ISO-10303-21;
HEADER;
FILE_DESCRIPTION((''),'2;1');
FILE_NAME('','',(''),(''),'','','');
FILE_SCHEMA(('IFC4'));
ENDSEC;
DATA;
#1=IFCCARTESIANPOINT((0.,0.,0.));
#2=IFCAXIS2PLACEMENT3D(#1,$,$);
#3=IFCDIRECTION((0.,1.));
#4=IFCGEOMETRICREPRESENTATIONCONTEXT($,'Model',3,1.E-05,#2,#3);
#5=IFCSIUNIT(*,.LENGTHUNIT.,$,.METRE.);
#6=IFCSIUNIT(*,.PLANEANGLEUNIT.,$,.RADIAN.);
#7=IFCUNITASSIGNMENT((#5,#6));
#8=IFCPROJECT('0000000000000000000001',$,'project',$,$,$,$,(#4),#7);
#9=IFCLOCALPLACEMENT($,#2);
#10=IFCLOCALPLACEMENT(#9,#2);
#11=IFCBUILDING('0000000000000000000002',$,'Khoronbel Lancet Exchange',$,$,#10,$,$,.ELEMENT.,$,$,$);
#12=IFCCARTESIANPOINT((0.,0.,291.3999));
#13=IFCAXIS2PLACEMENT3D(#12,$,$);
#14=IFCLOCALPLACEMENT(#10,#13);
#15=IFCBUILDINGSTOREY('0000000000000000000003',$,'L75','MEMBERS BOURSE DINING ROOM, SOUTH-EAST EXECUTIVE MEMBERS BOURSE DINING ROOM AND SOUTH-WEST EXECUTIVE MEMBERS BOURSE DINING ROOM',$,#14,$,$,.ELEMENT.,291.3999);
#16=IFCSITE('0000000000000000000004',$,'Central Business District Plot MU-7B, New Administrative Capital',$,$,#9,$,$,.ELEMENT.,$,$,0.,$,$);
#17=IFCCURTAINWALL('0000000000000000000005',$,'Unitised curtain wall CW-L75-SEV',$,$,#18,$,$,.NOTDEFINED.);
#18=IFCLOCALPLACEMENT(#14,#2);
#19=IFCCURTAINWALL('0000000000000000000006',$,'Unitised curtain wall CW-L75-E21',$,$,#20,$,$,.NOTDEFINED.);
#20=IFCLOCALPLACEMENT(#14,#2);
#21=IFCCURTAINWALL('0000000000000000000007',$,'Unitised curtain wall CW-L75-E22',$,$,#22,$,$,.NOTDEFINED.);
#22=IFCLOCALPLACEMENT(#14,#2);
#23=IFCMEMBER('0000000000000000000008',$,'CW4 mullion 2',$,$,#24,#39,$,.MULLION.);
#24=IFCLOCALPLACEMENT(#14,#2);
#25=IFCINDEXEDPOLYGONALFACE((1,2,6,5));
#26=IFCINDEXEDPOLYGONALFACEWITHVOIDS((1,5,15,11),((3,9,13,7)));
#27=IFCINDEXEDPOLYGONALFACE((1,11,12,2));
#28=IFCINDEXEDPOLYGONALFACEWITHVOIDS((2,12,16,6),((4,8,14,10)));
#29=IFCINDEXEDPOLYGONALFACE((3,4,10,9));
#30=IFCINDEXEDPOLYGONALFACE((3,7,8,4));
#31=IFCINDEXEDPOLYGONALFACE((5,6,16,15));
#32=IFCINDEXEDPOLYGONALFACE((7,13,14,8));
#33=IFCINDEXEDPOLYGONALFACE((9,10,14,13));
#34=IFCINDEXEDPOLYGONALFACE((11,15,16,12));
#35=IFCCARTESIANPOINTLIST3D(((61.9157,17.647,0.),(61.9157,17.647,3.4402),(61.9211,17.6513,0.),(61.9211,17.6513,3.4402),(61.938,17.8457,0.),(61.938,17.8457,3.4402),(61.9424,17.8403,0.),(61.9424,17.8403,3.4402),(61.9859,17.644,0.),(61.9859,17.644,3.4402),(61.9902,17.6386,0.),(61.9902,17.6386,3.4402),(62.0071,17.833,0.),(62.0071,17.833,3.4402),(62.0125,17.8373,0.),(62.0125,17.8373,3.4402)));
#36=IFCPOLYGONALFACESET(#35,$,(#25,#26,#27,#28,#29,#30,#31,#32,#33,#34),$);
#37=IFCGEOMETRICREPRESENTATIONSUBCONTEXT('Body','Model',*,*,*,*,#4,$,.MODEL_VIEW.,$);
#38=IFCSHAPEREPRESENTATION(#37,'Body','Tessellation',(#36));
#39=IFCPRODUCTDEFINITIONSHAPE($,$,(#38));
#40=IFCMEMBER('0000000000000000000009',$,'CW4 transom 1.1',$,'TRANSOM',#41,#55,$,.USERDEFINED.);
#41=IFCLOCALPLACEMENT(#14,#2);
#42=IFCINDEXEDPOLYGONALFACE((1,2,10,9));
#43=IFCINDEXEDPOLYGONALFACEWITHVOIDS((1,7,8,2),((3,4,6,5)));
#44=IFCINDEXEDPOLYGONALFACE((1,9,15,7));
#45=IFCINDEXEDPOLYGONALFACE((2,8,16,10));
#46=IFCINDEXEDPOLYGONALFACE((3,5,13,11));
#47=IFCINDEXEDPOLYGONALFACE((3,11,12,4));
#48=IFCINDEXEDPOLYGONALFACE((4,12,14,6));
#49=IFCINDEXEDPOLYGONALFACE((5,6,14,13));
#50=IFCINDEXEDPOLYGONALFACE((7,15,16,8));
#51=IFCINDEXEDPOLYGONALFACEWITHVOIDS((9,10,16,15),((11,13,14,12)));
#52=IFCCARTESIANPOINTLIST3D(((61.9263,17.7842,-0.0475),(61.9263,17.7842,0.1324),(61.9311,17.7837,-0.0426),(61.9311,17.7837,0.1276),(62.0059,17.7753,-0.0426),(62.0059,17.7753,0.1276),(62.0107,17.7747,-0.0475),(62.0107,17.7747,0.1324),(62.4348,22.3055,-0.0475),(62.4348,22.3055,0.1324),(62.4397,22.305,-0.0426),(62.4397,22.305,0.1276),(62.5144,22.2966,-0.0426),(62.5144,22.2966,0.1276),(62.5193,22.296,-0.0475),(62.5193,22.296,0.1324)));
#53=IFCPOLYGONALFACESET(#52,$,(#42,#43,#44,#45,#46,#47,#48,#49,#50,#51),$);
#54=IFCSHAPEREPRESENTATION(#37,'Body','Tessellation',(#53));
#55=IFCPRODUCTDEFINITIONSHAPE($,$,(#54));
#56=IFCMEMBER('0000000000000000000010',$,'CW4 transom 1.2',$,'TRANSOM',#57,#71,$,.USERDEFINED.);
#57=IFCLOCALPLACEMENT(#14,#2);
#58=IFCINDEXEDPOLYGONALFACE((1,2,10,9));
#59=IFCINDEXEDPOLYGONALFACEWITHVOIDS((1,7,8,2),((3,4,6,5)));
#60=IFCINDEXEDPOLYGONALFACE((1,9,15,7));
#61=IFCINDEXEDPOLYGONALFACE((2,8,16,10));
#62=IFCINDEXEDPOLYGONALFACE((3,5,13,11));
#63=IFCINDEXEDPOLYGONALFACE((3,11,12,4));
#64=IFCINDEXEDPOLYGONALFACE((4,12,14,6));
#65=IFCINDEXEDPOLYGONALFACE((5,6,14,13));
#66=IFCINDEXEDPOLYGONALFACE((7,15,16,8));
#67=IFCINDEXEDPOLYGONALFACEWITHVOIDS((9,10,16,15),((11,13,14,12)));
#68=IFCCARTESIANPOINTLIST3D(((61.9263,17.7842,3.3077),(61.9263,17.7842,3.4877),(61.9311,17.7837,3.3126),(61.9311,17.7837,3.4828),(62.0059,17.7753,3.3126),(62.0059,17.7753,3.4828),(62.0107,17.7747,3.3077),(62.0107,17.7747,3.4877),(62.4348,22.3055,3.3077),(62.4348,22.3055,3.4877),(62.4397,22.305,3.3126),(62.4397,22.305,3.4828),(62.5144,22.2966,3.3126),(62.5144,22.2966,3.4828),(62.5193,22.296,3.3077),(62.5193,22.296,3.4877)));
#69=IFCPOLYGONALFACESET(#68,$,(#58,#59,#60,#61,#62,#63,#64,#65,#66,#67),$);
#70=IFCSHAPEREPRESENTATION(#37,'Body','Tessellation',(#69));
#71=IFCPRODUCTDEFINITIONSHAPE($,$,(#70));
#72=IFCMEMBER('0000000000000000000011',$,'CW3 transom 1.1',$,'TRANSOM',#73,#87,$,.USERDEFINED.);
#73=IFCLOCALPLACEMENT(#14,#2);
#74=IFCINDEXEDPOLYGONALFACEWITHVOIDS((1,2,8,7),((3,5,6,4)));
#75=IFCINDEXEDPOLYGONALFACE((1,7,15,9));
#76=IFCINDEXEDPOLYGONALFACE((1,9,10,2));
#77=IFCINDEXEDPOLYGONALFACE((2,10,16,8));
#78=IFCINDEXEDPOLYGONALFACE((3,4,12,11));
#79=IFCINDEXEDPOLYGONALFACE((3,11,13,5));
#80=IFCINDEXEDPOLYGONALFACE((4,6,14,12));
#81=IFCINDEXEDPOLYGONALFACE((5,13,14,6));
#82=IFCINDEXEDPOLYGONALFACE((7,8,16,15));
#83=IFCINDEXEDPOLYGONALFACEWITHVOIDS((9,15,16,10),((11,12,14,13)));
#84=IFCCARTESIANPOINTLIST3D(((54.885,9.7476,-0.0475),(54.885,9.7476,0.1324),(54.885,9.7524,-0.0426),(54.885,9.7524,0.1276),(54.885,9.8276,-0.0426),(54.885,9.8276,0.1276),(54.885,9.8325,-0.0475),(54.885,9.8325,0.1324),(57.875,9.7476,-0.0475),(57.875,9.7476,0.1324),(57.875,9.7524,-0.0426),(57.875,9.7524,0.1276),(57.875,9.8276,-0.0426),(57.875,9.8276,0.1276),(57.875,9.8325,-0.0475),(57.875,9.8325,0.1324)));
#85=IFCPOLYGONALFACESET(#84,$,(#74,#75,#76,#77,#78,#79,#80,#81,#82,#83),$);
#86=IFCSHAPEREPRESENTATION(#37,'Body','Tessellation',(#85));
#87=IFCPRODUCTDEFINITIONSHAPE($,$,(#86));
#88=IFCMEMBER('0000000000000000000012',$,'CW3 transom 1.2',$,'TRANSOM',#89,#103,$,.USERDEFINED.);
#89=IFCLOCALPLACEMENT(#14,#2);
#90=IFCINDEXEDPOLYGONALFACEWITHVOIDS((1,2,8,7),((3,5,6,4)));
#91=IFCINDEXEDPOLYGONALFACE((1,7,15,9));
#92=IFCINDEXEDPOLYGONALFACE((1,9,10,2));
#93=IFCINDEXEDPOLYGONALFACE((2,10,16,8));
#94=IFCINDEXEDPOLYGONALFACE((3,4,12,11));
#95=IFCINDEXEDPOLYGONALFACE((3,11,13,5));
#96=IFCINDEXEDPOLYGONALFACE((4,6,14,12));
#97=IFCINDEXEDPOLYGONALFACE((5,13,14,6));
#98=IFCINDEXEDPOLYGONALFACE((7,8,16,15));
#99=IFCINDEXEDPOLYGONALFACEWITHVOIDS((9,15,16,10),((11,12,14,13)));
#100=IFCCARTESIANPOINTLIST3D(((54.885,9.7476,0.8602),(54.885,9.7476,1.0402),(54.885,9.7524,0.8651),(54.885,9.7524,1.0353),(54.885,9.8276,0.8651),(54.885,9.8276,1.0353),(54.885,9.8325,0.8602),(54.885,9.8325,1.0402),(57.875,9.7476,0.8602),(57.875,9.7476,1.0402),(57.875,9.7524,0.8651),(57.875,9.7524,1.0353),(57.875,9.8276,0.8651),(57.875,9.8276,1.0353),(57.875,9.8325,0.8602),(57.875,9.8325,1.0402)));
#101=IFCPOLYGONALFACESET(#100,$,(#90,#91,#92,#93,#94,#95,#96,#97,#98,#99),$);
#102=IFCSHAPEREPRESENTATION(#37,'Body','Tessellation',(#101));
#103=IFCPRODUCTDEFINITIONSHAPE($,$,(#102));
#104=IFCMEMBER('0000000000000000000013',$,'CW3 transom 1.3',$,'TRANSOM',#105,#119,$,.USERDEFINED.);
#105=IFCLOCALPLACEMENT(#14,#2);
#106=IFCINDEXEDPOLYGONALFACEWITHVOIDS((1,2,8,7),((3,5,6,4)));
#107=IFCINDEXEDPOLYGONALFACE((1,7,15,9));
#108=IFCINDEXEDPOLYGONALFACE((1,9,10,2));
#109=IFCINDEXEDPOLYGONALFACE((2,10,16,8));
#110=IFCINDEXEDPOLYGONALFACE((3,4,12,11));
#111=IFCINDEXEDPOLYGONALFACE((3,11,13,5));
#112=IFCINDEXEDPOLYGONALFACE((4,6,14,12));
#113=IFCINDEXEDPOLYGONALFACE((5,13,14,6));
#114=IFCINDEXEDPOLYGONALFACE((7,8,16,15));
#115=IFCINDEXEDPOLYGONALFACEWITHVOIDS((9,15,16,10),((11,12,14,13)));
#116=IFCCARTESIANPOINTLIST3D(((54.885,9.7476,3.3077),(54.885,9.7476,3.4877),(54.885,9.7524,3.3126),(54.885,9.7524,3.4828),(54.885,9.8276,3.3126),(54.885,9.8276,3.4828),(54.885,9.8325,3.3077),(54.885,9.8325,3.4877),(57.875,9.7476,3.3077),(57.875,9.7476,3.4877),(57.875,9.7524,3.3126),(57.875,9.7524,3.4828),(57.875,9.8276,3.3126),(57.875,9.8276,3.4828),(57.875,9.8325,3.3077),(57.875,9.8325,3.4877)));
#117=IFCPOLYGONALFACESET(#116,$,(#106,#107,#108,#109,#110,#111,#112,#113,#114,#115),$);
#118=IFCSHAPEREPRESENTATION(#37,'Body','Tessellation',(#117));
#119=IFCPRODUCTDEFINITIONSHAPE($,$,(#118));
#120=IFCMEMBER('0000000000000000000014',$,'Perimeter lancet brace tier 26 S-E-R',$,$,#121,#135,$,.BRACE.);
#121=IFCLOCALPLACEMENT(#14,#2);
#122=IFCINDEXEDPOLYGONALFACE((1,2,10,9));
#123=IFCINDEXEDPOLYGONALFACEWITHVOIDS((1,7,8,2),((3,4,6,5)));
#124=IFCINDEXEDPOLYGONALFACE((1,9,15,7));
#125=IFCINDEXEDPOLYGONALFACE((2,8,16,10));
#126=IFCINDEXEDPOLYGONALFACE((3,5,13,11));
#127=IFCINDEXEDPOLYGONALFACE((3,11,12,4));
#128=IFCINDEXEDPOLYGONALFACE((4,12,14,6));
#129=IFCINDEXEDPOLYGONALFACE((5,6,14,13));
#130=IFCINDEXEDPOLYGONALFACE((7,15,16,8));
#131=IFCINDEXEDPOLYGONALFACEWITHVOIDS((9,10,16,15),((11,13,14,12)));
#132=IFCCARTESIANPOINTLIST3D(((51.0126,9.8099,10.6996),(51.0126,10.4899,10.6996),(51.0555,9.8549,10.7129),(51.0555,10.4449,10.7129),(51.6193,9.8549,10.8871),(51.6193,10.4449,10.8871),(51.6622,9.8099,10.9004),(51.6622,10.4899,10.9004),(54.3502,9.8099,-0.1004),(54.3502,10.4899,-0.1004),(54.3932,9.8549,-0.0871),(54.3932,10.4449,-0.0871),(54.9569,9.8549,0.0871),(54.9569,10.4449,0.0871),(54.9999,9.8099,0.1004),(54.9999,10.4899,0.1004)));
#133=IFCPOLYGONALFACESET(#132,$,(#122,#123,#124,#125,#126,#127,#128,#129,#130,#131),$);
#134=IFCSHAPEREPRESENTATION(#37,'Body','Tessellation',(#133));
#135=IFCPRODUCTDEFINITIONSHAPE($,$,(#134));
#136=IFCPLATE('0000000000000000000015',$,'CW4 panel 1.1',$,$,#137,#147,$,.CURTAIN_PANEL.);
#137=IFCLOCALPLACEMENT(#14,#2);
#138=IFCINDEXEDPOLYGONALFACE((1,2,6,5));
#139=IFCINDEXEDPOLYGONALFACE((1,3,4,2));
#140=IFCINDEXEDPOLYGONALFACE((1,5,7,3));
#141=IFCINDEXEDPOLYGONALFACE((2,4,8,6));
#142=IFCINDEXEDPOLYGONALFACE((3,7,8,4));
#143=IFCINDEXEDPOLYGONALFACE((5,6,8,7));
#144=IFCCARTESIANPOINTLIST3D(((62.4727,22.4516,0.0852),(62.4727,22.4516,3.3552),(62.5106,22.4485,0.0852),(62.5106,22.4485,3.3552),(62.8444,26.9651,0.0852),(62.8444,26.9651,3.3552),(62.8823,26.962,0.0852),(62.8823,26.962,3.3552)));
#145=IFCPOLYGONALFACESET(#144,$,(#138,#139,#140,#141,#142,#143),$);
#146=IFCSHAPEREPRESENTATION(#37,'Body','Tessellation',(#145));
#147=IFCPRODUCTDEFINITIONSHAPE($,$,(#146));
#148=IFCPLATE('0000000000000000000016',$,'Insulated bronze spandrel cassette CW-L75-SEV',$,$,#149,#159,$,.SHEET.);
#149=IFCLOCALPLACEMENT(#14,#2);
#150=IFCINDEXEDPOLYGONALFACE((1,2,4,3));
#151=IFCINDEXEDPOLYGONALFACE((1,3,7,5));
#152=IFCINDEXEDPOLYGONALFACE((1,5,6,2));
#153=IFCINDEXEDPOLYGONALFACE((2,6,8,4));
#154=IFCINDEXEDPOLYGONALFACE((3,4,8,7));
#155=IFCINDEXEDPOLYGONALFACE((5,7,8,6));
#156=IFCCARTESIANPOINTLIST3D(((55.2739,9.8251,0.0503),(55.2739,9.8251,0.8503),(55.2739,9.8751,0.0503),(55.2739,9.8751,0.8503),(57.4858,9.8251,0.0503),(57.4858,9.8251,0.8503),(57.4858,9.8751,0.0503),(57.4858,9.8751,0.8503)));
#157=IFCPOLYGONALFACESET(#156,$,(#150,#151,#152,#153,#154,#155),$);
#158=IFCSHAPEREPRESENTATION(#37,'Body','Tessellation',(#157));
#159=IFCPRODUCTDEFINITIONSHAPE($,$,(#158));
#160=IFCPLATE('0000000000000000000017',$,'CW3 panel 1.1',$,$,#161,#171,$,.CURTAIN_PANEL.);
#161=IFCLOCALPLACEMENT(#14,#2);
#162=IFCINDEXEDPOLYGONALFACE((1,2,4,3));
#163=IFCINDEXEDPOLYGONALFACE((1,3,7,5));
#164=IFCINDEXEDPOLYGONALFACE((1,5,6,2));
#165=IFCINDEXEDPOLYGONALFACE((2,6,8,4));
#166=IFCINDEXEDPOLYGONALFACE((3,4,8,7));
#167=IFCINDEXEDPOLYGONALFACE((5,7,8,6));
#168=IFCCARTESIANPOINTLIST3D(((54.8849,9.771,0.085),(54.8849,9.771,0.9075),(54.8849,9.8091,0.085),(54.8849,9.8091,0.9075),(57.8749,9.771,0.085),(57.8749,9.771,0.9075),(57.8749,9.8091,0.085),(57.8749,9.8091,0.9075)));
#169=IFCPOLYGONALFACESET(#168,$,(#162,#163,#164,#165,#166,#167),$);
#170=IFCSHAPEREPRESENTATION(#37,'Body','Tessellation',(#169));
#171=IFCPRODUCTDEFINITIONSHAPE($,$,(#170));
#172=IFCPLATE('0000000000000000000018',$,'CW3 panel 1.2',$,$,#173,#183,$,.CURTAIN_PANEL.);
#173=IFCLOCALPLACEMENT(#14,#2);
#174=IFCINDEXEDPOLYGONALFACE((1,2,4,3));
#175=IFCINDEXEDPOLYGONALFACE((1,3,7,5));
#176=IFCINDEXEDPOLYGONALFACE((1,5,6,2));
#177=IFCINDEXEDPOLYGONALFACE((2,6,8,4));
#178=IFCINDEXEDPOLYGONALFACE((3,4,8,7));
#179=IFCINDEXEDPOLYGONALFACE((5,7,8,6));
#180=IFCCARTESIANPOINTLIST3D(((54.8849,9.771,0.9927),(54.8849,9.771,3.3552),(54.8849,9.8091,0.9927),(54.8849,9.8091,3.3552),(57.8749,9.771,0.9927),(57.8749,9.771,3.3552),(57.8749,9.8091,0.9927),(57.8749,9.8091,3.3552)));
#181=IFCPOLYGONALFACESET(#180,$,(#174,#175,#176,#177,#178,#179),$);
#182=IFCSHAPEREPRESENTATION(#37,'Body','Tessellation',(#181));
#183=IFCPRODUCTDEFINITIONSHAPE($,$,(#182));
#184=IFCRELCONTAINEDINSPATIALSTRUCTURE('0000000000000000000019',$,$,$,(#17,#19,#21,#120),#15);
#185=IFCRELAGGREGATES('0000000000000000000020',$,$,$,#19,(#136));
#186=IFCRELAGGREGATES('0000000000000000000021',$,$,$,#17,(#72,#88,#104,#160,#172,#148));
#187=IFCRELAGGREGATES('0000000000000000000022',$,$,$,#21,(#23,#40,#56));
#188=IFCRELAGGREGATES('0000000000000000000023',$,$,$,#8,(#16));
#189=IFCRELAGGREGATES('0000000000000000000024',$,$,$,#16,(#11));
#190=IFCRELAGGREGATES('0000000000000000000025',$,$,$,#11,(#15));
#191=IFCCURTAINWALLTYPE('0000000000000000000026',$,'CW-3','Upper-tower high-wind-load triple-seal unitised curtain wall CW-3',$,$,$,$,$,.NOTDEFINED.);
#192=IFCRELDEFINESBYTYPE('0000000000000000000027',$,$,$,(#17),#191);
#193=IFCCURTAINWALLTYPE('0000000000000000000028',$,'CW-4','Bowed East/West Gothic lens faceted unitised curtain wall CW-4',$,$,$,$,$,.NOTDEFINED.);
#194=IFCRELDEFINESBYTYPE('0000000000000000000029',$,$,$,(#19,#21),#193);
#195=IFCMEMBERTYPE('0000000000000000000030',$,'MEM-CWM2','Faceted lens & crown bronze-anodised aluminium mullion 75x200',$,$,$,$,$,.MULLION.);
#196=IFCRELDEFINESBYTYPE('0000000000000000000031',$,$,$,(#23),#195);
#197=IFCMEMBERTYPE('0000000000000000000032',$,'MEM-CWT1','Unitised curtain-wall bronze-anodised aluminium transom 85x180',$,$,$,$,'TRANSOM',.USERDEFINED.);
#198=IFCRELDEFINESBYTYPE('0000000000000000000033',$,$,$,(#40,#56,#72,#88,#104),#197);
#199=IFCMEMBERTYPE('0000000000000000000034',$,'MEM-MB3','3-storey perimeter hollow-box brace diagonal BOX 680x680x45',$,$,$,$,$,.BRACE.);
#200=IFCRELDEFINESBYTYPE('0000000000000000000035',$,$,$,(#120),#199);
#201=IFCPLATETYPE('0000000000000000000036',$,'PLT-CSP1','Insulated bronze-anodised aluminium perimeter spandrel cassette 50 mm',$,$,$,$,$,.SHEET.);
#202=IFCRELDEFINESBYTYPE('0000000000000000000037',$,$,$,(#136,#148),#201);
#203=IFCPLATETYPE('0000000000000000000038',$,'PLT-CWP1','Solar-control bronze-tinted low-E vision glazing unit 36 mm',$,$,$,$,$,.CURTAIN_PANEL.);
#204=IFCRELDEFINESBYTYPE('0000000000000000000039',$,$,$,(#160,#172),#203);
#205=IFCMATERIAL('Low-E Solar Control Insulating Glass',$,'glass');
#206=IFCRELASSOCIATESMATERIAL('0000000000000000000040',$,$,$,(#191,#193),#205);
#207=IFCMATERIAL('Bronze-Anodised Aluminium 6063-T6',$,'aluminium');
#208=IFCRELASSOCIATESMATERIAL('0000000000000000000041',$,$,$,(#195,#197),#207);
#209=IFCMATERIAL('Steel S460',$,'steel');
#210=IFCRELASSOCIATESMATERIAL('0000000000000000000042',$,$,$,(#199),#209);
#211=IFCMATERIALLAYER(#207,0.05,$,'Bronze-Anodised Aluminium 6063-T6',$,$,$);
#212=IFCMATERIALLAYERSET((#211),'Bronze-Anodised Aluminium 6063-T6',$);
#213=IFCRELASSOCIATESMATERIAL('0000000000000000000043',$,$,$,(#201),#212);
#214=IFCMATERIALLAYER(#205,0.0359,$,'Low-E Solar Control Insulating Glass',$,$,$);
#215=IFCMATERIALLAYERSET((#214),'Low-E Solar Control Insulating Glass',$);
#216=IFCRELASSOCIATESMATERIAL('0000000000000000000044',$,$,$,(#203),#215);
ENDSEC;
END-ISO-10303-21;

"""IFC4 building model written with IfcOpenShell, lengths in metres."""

from ifc_helpers import new_model, si_unit, direction, frame, origin, origin_2d, place, context, subcontext, project, spatial, rectangle, hollow_rectangle, extrude, material, layer, layer_set, material_profile, profile_set, type_object, element, aggregate, save


model = new_model("IFC4")

# Units and contexts
model_context = context("Model", 3, precision=1e-05, world=origin(), true_north=direction((0.0, 1.0)))
body_context = subcontext(model_context, "Body", "Model", "MODEL_VIEW")
ifc_project = project(units=[si_unit("LENGTHUNIT", "METRE"), si_unit("PLANEANGLEUNIT", "RADIAN")], contexts=[model_context])

# Site, building, storey
site_placement = place(None, origin())
site = spatial("IfcSite", under=ifc_project, at=site_placement, Name="Central Business District Plot MU-7B, New Administrative Capital", CompositionType="ELEMENT", RefElevation=0.0)
building_placement = place(site_placement, origin())
building = spatial("IfcBuilding", under=site, at=building_placement, Name="Khoronbel Lancet Exchange", CompositionType="ELEMENT")
storey_placement = place(building_placement, frame((0.0, 0.0, 291.3999)))
storey = spatial("IfcBuildingStorey", under=building, at=storey_placement, Name="L75", Description="MEMBERS BOURSE DINING ROOM, SOUTH-EAST EXECUTIVE MEMBERS BOURSE DINING ROOM AND SOUTH-WEST EXECUTIVE MEMBERS BOURSE DINING ROOM", CompositionType="ELEMENT", Elevation=291.3999)

# Shared definitions
ifc_material_1 = material(Name="Steel S460", Category="steel")

# Shared definitions
ifc_material_2 = material(Name="Low-E Solar Control Insulating Glass", Category="glass")
curtain_wall_type_1 = type_object("IfcCurtainWallType", Name="CW-3", Description="Upper-tower high-wind-load triple-seal unitised curtain wall CW-3", PredefinedType="NOTDEFINED", material=ifc_material_2)
ifc_material_3 = material(Name="Bronze-Anodised Aluminium 6063-T6", Category="aluminium")

# Curtain wall
curtain_wall_1_placement = place(storey_placement, origin())
curtain_wall_1 = element("IfcCurtainWall", 1, at=curtain_wall_1_placement, inside=storey, type_object=curtain_wall_type_1, Name="Unitised curtain wall CW-L75-SEV", PredefinedType="NOTDEFINED")

# Curtain wall
curtain_wall_type_2 = type_object("IfcCurtainWallType", Name="CW-4", Description="Bowed East/West Gothic lens faceted unitised curtain wall CW-4", PredefinedType="NOTDEFINED", material=ifc_material_2)
curtain_wall_2_placement = place(storey_placement, origin())
curtain_wall_2 = element("IfcCurtainWall", 2, at=curtain_wall_2_placement, inside=storey, type_object=curtain_wall_type_2, Name="Unitised curtain wall CW-L75-E21", PredefinedType="NOTDEFINED")
ifc_material_profile_1 = material_profile(ifc_material_3, hollow_rectangle(XDim=0.075, YDim=0.2, WallThickness=0.0049, at=origin_2d()), Name="ALU MULLION 75x200")
ifc_profile_set_1 = profile_set([ifc_material_profile_1], Name="Bronze-Anodised Aluminium 6063-T6")
member_type_1 = type_object("IfcMemberType", Name="MEM-CWM2", Description="Faceted lens & crown bronze-anodised aluminium mullion 75x200", PredefinedType="MULLION", material=ifc_profile_set_1)

# Curtain wall, members
curtain_wall_3_placement = place(storey_placement, origin())
curtain_wall_3 = element("IfcCurtainWall", 3, at=curtain_wall_3_placement, inside=storey, type_object=curtain_wall_type_2, Name="Unitised curtain wall CW-L75-E22", PredefinedType="NOTDEFINED")
member_1_placement = place(storey_placement, frame((61.9641, 17.7422, 0.0), z_axis=(0.0, 0.0, 1.0), x_axis=(0.993732, -0.111791, 0.0)))
member_1 = element("IfcMember", 4, at=member_1_placement, type_object=member_type_1, Name="CW4 mullion 2", PredefinedType="MULLION", context=body_context, shape_type="SweptSolid", body=[
    extrude(hollow_rectangle(XDim=0.075, YDim=0.2, WallThickness=0.0049, at=origin_2d()), origin(), (0.0, 0.0, 1.0), 3.4402),
])
ifc_material_profile_2 = material_profile(ifc_material_3, hollow_rectangle(XDim=0.085, YDim=0.1799, WallThickness=0.0049, at=origin_2d()), Name="ALU TRANSOM 85x180")
ifc_profile_set_2 = profile_set([ifc_material_profile_2], Name="Bronze-Anodised Aluminium 6063-T6")
member_type_2 = type_object("IfcMemberType", Name="MEM-CWT1", Description="Unitised curtain-wall bronze-anodised aluminium transom 85x180", ElementType="TRANSOM", PredefinedType="USERDEFINED", material=ifc_profile_set_2)
member_2_placement = place(storey_placement, frame((62.4771, 22.3008, 0.0425), z_axis=(-0.111774, -0.993734, 0.0), x_axis=(0.993734, -0.111774, 0.0)))
member_2 = element("IfcMember", 5, at=member_2_placement, type_object=member_type_2, Name="CW4 transom 1.1", ObjectType="TRANSOM", PredefinedType="USERDEFINED", context=body_context, shape_type="SweptSolid", body=[
    extrude(hollow_rectangle(XDim=0.085, YDim=0.1799, WallThickness=0.0049, at=origin_2d()), origin(), (0.0, 0.0, 1.0), 4.5498),
])
member_3_placement = place(storey_placement, frame((62.4771, 22.3008, 3.3977), z_axis=(-0.111774, -0.993734, 0.0), x_axis=(0.993734, -0.111774, 0.0)))
member_3 = element("IfcMember", 6, at=member_3_placement, type_object=member_type_2, Name="CW4 transom 1.2", ObjectType="TRANSOM", PredefinedType="USERDEFINED", context=body_context, shape_type="SweptSolid", body=[
    extrude(hollow_rectangle(XDim=0.085, YDim=0.1799, WallThickness=0.0049, at=origin_2d()), origin(), (0.0, 0.0, 1.0), 4.5498),
])

# Members
member_4_placement = place(storey_placement, frame((54.885, 9.79, 0.0425), z_axis=(1.0, 0.0, 0.0), x_axis=(0.0, 1.0, 0.0)))
member_4 = element("IfcMember", 7, at=member_4_placement, type_object=member_type_2, Name="CW3 transom 1.1", ObjectType="TRANSOM", PredefinedType="USERDEFINED", context=body_context, shape_type="SweptSolid", body=[
    extrude(hollow_rectangle(XDim=0.085, YDim=0.1799, WallThickness=0.0049, at=origin_2d()), origin(), (0.0, 0.0, 1.0), 2.99),
])
member_5_placement = place(storey_placement, frame((54.885, 9.79, 0.9502), z_axis=(1.0, 0.0, 0.0), x_axis=(0.0, 1.0, 0.0)))
member_5 = element("IfcMember", 8, at=member_5_placement, type_object=member_type_2, Name="CW3 transom 1.2", ObjectType="TRANSOM", PredefinedType="USERDEFINED", context=body_context, shape_type="SweptSolid", body=[
    extrude(hollow_rectangle(XDim=0.085, YDim=0.1799, WallThickness=0.0049, at=origin_2d()), origin(), (0.0, 0.0, 1.0), 2.99),
])
member_6_placement = place(storey_placement, frame((54.885, 9.79, 3.3977), z_axis=(1.0, 0.0, 0.0), x_axis=(0.0, 1.0, 0.0)))
member_6 = element("IfcMember", 9, at=member_6_placement, type_object=member_type_2, Name="CW3 transom 1.3", ObjectType="TRANSOM", PredefinedType="USERDEFINED", context=body_context, shape_type="SweptSolid", body=[
    extrude(hollow_rectangle(XDim=0.085, YDim=0.1799, WallThickness=0.0049, at=origin_2d()), origin(), (0.0, 0.0, 1.0), 2.99),
])
ifc_material_profile_3 = material_profile(ifc_material_1, hollow_rectangle(XDim=0.6799, YDim=0.6799, WallThickness=0.0449, at=origin_2d()), Name="BOX 680x680x45")
ifc_profile_set_3 = profile_set([ifc_material_profile_3], Name="Steel S460")
member_type_3 = type_object("IfcMemberType", Name="MEM-MB3", Description="3-storey perimeter hollow-box brace diagonal BOX 680x680x45", PredefinedType="BRACE", material=ifc_profile_set_3)
member_7_placement = place(storey_placement, frame((54.675, 10.1499, 0.0), z_axis=(-0.295262, 0.0, 0.955416), x_axis=(0.0, -1.0, 0.0)))
element("IfcMember", 10, at=member_7_placement, inside=storey, type_object=member_type_3, Name="Perimeter lancet brace tier 26 S-E-R", PredefinedType="BRACE", context=body_context, shape_type="SweptSolid", body=[
    extrude(hollow_rectangle(XDim=0.6799, YDim=0.6799, WallThickness=0.0449, at=origin_2d()), origin(), (0.0, 0.0, 1.0), 11.304),
])

# Plates
ifc_layer_1 = layer(ifc_material_3, 0.05, Name="Bronze-Anodised Aluminium 6063-T6")
ifc_layer_set_1 = layer_set([ifc_layer_1], Name="Bronze-Anodised Aluminium 6063-T6")
plate_type_1 = type_object("IfcPlateType", Name="PLT-CSP1", Description="Insulated bronze-anodised aluminium perimeter spandrel cassette 50 mm", PredefinedType="SHEET", material=ifc_layer_set_1)
plate_1_placement = place(storey_placement, frame((62.6775, 24.7068, 0.0852), z_axis=(0.0, 0.0, 1.0), x_axis=(-0.082073, -0.996626, 0.0)))
plate_1 = element("IfcPlate", 11, at=plate_1_placement, type_object=plate_type_1, Name="CW4 panel 1.1", PredefinedType="CURTAIN_PANEL", context=body_context, shape_type="SweptSolid", body=[
    extrude(rectangle(XDim=4.5288, YDim=0.0381, at=origin_2d()), origin(), (0.0, 0.0, 1.0), 3.27),
])
aggregate(curtain_wall_2, [plate_1])
plate_2_placement = place(storey_placement, frame((56.3799, 9.8501, 0.0503), z_axis=(0.0, 0.0, 1.0), x_axis=(1.0, 0.0, 0.0)))
plate_2 = element("IfcPlate", 12, at=plate_2_placement, type_object=plate_type_1, Name="Insulated bronze spandrel cassette CW-L75-SEV", PredefinedType="SHEET", context=body_context, shape_type="SweptSolid", body=[
    extrude(rectangle(XDim=2.2119, YDim=0.05, at=origin_2d()), origin(), (0.0, 0.0, 1.0), 0.8),
])
ifc_layer_2 = layer(ifc_material_2, 0.0359, Name="Low-E Solar Control Insulating Glass")
ifc_layer_set_2 = layer_set([ifc_layer_2], Name="Low-E Solar Control Insulating Glass")
plate_type_2 = type_object("IfcPlateType", Name="PLT-CWP1", Description="Solar-control bronze-tinted low-E vision glazing unit 36 mm", PredefinedType="CURTAIN_PANEL", material=ifc_layer_set_2)
plate_3_placement = place(storey_placement, frame((56.3799, 9.79, 0.085), z_axis=(0.0, 0.0, 1.0), x_axis=(1.0, 0.0, 0.0)))
plate_3 = element("IfcPlate", 13, at=plate_3_placement, type_object=plate_type_2, Name="CW3 panel 1.1", PredefinedType="CURTAIN_PANEL", context=body_context, shape_type="SweptSolid", body=[
    extrude(rectangle(XDim=2.99, YDim=0.0381, at=origin_2d()), origin(), (0.0, 0.0, 1.0), 0.8225),
])
plate_4_placement = place(storey_placement, frame((56.3799, 9.79, 0.9927), z_axis=(0.0, 0.0, 1.0), x_axis=(1.0, 0.0, 0.0)))
plate_4 = element("IfcPlate", 14, at=plate_4_placement, type_object=plate_type_2, Name="CW3 panel 1.2", PredefinedType="CURTAIN_PANEL", context=body_context, shape_type="SweptSolid", body=[
    extrude(rectangle(XDim=2.99, YDim=0.0381, at=origin_2d()), origin(), (0.0, 0.0, 1.0), 2.3625),
])
aggregate(curtain_wall_1, [member_4, member_5, member_6, plate_3, plate_4, plate_2])
aggregate(curtain_wall_3, [member_1, member_2, member_3])

save(model, "model.ifc")
